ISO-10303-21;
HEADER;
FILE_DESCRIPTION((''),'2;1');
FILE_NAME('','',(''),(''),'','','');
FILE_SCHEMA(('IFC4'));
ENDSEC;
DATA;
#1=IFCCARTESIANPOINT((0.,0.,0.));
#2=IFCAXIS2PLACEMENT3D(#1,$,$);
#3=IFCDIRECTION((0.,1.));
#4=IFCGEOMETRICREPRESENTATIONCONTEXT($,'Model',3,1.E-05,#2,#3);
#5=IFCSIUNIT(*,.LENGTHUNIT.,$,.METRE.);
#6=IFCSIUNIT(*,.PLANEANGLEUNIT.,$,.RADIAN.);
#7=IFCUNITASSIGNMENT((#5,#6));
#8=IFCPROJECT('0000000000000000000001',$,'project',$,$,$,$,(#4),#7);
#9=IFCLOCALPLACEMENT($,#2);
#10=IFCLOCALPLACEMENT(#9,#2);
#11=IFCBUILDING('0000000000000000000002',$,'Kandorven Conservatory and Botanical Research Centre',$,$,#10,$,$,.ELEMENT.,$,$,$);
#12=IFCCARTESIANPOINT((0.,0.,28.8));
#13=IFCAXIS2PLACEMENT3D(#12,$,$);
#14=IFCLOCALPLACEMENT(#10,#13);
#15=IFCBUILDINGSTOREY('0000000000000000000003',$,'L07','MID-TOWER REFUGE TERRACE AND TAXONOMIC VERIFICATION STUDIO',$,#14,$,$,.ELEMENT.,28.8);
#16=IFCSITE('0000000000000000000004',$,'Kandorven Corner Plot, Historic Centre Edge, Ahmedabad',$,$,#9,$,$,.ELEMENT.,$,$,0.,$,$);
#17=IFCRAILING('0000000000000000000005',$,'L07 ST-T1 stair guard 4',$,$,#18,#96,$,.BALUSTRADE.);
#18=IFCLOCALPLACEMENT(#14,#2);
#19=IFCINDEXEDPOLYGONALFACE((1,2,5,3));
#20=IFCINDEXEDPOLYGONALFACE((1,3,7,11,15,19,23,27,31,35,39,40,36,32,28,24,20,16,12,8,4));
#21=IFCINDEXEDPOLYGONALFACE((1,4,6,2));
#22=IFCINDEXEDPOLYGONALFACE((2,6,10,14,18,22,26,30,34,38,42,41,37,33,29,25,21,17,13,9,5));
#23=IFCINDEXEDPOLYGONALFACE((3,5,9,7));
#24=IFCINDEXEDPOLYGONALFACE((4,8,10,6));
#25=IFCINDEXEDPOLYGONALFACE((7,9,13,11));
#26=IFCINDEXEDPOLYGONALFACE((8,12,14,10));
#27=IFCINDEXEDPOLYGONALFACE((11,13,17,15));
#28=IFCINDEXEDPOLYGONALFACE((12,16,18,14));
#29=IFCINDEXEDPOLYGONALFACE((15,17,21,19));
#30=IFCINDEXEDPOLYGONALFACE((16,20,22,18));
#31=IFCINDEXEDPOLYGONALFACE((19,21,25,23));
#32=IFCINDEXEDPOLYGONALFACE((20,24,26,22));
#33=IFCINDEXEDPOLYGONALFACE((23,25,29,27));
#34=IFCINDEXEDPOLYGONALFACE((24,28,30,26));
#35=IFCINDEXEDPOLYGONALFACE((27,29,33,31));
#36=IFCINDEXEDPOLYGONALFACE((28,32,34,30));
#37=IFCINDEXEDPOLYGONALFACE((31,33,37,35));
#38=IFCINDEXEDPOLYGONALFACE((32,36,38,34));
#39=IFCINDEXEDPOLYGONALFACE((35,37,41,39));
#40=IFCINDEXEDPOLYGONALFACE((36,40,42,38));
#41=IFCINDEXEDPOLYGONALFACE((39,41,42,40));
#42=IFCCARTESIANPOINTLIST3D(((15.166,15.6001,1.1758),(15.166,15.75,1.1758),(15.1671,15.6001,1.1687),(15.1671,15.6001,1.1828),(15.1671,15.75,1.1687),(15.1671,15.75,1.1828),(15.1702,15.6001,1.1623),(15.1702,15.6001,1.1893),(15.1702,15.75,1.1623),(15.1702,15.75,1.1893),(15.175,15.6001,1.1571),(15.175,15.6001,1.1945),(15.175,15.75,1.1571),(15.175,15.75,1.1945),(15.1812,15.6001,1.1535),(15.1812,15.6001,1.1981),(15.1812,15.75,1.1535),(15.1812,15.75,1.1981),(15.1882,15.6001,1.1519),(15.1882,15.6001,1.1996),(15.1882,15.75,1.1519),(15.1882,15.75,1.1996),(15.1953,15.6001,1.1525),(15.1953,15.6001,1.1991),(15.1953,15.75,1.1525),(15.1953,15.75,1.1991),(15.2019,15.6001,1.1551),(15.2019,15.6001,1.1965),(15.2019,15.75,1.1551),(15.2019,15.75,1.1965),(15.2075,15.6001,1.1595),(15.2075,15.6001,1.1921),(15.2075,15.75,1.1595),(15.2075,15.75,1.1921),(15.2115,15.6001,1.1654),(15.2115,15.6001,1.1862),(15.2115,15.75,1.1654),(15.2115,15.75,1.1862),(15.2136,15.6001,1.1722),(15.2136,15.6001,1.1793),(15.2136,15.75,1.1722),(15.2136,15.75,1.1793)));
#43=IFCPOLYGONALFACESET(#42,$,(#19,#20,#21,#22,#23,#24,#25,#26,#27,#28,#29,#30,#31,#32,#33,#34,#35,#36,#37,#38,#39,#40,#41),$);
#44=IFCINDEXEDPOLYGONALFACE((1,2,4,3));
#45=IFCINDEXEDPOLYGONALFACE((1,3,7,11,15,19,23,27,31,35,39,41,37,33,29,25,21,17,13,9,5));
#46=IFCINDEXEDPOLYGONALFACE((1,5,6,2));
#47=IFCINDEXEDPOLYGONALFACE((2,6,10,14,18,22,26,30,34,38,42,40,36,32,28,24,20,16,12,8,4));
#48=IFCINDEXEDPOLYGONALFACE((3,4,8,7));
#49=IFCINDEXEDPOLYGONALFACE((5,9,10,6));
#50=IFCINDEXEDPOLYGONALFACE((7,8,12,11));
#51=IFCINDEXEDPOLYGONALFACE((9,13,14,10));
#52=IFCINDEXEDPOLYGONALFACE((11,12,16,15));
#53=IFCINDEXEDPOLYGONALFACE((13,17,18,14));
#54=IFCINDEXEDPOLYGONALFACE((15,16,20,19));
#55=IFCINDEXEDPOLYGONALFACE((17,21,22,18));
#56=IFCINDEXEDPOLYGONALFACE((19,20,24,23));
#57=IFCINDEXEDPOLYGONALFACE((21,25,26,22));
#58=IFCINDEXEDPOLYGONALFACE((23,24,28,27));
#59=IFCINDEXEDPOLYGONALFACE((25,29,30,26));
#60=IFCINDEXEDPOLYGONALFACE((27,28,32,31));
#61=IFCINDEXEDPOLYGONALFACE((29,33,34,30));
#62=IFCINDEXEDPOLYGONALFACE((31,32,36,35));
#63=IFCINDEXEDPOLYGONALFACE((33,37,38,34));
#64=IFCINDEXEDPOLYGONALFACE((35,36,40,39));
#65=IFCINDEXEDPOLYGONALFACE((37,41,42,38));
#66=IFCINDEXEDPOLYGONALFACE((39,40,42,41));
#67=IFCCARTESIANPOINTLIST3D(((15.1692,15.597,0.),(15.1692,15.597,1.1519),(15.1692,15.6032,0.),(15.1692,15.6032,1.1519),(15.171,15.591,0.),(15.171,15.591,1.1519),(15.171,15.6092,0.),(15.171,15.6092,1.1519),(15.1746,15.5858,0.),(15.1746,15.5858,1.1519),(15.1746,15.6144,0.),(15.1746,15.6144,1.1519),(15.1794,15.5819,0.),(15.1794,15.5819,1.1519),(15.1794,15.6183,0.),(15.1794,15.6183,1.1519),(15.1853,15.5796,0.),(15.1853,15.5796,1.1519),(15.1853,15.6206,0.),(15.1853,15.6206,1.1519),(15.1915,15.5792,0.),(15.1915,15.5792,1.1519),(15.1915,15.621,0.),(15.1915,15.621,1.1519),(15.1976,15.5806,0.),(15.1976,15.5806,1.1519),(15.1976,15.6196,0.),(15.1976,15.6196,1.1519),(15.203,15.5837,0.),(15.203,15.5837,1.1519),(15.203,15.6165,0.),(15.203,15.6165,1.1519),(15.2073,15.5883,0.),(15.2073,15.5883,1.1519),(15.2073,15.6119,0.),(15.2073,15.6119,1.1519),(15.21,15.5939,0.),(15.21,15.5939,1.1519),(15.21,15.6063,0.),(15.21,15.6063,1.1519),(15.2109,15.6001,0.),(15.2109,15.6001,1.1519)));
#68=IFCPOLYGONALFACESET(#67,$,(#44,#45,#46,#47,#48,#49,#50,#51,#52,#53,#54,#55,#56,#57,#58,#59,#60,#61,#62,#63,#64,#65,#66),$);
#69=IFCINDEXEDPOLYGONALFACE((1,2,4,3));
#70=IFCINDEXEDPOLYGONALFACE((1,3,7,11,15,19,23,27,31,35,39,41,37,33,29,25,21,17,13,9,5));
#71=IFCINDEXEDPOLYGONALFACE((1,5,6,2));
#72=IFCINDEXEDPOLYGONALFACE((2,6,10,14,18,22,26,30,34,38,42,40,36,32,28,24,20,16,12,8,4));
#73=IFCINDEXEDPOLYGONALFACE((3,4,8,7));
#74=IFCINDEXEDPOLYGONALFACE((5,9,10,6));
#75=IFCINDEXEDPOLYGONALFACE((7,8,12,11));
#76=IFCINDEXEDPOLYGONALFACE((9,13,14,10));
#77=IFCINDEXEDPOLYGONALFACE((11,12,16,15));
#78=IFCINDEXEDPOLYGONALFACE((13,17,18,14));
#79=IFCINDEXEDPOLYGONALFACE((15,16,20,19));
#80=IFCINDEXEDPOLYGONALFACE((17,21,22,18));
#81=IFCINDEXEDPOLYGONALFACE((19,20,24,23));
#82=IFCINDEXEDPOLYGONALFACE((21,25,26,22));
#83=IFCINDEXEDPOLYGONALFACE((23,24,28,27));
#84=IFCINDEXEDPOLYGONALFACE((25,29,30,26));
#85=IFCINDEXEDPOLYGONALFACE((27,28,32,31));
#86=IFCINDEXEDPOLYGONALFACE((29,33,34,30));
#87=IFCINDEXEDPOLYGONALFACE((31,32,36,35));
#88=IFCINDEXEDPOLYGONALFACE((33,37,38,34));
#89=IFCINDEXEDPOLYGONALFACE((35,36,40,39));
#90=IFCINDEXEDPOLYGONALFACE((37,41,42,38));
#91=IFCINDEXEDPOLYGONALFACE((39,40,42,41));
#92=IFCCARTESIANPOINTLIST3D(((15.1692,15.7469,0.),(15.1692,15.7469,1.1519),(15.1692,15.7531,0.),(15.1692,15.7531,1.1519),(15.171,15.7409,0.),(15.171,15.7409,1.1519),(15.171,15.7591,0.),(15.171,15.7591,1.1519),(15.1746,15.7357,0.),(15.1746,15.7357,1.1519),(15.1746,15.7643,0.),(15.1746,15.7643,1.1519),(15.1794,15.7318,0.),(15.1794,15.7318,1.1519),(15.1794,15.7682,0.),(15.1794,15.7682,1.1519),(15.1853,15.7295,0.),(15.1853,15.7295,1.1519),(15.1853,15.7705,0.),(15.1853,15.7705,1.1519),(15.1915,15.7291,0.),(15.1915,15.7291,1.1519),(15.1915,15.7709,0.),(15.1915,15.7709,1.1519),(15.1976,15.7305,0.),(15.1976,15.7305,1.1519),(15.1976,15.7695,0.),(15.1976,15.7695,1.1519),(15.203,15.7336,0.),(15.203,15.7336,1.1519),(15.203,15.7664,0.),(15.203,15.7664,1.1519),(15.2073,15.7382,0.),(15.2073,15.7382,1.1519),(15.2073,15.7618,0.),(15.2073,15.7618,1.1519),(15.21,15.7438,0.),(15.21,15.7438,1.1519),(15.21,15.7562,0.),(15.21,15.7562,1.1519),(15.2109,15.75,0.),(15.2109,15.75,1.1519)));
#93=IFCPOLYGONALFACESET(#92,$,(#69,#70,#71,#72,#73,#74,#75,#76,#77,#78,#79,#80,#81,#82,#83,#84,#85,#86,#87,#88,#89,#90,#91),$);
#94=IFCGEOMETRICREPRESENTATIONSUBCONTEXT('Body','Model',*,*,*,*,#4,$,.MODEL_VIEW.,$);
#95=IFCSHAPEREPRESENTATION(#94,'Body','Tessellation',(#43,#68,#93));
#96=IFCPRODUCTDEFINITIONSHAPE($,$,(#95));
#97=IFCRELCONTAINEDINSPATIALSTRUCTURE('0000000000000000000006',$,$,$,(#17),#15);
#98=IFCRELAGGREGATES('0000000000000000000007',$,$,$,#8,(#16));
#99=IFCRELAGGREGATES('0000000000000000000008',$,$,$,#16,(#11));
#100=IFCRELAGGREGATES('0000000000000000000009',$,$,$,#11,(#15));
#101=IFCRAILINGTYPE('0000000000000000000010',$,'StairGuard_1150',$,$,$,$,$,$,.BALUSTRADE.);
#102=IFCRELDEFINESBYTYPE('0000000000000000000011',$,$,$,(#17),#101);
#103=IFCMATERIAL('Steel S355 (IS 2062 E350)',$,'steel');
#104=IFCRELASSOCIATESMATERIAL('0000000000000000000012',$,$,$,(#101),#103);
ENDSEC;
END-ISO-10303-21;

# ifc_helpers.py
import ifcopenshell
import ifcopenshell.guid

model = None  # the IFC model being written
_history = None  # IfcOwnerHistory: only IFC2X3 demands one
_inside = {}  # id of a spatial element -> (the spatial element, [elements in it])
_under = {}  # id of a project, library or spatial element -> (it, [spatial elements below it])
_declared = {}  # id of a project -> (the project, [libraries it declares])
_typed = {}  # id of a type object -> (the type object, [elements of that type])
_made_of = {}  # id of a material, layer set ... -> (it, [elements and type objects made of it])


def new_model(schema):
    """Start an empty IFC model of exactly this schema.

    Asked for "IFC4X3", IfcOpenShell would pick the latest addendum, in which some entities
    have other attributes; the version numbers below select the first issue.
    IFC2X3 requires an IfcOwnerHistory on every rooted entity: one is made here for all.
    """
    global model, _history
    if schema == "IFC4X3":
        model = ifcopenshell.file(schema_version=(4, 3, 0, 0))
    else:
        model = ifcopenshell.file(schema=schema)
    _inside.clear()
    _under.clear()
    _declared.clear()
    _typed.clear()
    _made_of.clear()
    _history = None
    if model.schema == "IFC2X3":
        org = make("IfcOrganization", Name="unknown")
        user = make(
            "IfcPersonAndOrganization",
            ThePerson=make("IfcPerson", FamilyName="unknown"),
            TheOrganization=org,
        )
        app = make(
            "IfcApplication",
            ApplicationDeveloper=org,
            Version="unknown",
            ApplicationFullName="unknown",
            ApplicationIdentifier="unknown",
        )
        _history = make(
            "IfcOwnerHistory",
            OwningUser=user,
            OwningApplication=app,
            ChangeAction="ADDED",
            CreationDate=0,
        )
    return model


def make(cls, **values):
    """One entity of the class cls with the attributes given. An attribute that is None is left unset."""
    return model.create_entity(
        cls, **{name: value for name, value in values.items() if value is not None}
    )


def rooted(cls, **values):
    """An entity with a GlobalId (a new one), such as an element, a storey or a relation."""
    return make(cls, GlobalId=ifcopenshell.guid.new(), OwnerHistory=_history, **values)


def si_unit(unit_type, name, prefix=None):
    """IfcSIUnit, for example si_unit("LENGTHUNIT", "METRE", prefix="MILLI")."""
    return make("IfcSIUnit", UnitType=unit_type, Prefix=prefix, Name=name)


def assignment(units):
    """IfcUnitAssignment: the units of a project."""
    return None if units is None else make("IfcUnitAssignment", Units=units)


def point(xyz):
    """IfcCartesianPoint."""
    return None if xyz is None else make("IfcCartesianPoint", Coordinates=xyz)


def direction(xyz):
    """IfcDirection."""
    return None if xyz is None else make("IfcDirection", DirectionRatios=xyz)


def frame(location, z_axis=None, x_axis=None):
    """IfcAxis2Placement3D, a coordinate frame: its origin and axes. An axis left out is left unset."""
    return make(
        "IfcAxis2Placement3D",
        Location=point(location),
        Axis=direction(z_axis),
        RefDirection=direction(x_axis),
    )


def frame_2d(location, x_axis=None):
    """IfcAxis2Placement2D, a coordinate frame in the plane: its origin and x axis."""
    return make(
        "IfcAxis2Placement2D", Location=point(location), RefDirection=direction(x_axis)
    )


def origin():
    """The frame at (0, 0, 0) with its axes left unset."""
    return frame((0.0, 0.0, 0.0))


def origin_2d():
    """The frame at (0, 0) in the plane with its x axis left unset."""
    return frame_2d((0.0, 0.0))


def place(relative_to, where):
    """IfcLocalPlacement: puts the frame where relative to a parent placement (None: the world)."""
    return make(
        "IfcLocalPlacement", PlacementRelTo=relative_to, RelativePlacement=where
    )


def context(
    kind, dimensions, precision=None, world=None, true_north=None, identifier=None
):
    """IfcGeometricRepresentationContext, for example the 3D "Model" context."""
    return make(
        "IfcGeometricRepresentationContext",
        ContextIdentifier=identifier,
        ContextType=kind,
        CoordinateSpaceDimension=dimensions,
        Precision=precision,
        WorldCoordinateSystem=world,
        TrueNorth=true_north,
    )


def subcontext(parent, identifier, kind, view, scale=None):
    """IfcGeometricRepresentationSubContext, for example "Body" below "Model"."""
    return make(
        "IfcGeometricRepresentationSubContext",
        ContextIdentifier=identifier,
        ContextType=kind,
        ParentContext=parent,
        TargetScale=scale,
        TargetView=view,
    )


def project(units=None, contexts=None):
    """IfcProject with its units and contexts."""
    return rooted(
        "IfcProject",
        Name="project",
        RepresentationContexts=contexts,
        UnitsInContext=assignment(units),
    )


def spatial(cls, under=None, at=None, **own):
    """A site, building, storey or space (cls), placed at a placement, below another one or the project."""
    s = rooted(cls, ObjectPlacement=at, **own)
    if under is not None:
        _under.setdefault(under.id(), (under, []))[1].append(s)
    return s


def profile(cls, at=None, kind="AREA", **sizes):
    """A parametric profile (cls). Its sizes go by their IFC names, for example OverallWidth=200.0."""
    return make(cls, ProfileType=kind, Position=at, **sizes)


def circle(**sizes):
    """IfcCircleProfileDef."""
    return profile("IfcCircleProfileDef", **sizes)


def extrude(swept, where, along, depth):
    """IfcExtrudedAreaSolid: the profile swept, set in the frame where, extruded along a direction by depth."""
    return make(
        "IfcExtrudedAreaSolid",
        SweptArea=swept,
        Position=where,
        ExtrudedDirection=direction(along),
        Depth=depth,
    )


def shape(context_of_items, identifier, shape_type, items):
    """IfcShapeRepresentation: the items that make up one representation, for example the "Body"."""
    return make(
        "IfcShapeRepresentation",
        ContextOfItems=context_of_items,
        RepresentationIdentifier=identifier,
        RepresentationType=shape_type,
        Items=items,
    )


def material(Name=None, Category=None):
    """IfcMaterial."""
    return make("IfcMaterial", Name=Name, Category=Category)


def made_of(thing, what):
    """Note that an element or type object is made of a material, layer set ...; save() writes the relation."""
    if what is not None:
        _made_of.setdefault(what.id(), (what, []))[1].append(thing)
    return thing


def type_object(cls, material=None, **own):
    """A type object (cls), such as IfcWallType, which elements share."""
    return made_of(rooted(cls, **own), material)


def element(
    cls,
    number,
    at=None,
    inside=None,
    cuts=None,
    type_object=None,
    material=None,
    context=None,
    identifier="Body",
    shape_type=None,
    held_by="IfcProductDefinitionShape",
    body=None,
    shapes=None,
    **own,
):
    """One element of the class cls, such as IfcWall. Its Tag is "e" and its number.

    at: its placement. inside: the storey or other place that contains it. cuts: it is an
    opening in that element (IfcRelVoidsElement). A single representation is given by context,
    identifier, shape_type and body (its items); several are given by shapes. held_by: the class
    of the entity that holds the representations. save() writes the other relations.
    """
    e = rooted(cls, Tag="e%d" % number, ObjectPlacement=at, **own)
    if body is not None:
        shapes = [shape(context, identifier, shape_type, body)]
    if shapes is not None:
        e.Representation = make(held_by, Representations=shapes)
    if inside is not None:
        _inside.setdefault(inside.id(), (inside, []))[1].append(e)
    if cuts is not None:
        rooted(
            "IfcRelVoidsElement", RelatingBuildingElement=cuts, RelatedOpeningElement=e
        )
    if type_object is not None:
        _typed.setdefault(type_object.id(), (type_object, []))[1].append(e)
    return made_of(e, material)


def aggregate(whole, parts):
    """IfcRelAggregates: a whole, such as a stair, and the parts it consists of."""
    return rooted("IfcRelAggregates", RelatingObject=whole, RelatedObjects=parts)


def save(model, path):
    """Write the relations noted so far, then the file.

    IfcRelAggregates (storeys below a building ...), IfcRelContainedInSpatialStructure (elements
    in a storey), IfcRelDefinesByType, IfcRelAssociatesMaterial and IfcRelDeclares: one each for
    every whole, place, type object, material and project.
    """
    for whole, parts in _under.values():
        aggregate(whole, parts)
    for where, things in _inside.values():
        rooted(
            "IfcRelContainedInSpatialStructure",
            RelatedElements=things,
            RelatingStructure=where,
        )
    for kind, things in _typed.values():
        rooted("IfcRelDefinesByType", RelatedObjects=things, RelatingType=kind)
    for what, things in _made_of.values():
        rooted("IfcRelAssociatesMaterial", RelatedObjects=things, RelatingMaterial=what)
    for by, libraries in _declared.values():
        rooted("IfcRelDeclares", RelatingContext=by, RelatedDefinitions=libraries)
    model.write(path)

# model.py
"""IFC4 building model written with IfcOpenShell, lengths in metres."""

from ifc_helpers import new_model, si_unit, direction, frame, origin, origin_2d, place, context, subcontext, project, spatial, circle, extrude, material, type_object, element, save


model = new_model("IFC4")

# Units and contexts
model_context = context("Model", 3, precision=1e-05, world=origin(), true_north=direction((0.0, 1.0)))
body_context = subcontext(model_context, "Body", "Model", "MODEL_VIEW")
ifc_project = project(units=[si_unit("LENGTHUNIT", "METRE"), si_unit("PLANEANGLEUNIT", "RADIAN")], contexts=[model_context])

# Site, building, storey
site_placement = place(None, origin())
site = spatial("IfcSite", under=ifc_project, at=site_placement, Name="Kandorven Corner Plot, Historic Centre Edge, Ahmedabad", CompositionType="ELEMENT", RefElevation=0.0)
building_placement = place(site_placement, origin())
building = spatial("IfcBuilding", under=site, at=building_placement, Name="Kandorven Conservatory and Botanical Research Centre", CompositionType="ELEMENT")
storey_placement = place(building_placement, frame((0.0, 0.0, 28.8)))
storey = spatial("IfcBuildingStorey", under=building, at=storey_placement, Name="L07", Description="MID-TOWER REFUGE TERRACE AND TAXONOMIC VERIFICATION STUDIO", CompositionType="ELEMENT", Elevation=28.8)

# Railing
ifc_material_1 = material(Name="Steel S355 (IS 2062 E350)", Category="steel")
railing_type_1 = type_object("IfcRailingType", Name="StairGuard_1150", PredefinedType="BALUSTRADE", material=ifc_material_1)
railing_1_placement = place(storey_placement, frame((15.1899, 15.6001, 0.0)))
element("IfcRailing", 1, at=railing_1_placement, inside=storey, type_object=railing_type_1, Name="L07 ST-T1 stair guard 4", PredefinedType="BALUSTRADE", context=body_context, shape_type="SweptSolid", body=[
    extrude(circle(Radius=0.0239, at=origin_2d()), frame((0.0, 0.0, 1.1758), z_axis=(0.0, 1.0, 0.0), x_axis=(-1.0, 0.0, 0.0)), (0.0, 0.0, 1.0), 0.1499),
    extrude(circle(Radius=0.021, at=origin_2d()), origin(), (0.0, 0.0, 1.0), 1.1519),
    extrude(circle(Radius=0.021, at=origin_2d()), frame((0.0, 0.1499, 0.0)), (0.0, 0.0, 1.0), 1.1519),
])

save(model, "model.ifc")
